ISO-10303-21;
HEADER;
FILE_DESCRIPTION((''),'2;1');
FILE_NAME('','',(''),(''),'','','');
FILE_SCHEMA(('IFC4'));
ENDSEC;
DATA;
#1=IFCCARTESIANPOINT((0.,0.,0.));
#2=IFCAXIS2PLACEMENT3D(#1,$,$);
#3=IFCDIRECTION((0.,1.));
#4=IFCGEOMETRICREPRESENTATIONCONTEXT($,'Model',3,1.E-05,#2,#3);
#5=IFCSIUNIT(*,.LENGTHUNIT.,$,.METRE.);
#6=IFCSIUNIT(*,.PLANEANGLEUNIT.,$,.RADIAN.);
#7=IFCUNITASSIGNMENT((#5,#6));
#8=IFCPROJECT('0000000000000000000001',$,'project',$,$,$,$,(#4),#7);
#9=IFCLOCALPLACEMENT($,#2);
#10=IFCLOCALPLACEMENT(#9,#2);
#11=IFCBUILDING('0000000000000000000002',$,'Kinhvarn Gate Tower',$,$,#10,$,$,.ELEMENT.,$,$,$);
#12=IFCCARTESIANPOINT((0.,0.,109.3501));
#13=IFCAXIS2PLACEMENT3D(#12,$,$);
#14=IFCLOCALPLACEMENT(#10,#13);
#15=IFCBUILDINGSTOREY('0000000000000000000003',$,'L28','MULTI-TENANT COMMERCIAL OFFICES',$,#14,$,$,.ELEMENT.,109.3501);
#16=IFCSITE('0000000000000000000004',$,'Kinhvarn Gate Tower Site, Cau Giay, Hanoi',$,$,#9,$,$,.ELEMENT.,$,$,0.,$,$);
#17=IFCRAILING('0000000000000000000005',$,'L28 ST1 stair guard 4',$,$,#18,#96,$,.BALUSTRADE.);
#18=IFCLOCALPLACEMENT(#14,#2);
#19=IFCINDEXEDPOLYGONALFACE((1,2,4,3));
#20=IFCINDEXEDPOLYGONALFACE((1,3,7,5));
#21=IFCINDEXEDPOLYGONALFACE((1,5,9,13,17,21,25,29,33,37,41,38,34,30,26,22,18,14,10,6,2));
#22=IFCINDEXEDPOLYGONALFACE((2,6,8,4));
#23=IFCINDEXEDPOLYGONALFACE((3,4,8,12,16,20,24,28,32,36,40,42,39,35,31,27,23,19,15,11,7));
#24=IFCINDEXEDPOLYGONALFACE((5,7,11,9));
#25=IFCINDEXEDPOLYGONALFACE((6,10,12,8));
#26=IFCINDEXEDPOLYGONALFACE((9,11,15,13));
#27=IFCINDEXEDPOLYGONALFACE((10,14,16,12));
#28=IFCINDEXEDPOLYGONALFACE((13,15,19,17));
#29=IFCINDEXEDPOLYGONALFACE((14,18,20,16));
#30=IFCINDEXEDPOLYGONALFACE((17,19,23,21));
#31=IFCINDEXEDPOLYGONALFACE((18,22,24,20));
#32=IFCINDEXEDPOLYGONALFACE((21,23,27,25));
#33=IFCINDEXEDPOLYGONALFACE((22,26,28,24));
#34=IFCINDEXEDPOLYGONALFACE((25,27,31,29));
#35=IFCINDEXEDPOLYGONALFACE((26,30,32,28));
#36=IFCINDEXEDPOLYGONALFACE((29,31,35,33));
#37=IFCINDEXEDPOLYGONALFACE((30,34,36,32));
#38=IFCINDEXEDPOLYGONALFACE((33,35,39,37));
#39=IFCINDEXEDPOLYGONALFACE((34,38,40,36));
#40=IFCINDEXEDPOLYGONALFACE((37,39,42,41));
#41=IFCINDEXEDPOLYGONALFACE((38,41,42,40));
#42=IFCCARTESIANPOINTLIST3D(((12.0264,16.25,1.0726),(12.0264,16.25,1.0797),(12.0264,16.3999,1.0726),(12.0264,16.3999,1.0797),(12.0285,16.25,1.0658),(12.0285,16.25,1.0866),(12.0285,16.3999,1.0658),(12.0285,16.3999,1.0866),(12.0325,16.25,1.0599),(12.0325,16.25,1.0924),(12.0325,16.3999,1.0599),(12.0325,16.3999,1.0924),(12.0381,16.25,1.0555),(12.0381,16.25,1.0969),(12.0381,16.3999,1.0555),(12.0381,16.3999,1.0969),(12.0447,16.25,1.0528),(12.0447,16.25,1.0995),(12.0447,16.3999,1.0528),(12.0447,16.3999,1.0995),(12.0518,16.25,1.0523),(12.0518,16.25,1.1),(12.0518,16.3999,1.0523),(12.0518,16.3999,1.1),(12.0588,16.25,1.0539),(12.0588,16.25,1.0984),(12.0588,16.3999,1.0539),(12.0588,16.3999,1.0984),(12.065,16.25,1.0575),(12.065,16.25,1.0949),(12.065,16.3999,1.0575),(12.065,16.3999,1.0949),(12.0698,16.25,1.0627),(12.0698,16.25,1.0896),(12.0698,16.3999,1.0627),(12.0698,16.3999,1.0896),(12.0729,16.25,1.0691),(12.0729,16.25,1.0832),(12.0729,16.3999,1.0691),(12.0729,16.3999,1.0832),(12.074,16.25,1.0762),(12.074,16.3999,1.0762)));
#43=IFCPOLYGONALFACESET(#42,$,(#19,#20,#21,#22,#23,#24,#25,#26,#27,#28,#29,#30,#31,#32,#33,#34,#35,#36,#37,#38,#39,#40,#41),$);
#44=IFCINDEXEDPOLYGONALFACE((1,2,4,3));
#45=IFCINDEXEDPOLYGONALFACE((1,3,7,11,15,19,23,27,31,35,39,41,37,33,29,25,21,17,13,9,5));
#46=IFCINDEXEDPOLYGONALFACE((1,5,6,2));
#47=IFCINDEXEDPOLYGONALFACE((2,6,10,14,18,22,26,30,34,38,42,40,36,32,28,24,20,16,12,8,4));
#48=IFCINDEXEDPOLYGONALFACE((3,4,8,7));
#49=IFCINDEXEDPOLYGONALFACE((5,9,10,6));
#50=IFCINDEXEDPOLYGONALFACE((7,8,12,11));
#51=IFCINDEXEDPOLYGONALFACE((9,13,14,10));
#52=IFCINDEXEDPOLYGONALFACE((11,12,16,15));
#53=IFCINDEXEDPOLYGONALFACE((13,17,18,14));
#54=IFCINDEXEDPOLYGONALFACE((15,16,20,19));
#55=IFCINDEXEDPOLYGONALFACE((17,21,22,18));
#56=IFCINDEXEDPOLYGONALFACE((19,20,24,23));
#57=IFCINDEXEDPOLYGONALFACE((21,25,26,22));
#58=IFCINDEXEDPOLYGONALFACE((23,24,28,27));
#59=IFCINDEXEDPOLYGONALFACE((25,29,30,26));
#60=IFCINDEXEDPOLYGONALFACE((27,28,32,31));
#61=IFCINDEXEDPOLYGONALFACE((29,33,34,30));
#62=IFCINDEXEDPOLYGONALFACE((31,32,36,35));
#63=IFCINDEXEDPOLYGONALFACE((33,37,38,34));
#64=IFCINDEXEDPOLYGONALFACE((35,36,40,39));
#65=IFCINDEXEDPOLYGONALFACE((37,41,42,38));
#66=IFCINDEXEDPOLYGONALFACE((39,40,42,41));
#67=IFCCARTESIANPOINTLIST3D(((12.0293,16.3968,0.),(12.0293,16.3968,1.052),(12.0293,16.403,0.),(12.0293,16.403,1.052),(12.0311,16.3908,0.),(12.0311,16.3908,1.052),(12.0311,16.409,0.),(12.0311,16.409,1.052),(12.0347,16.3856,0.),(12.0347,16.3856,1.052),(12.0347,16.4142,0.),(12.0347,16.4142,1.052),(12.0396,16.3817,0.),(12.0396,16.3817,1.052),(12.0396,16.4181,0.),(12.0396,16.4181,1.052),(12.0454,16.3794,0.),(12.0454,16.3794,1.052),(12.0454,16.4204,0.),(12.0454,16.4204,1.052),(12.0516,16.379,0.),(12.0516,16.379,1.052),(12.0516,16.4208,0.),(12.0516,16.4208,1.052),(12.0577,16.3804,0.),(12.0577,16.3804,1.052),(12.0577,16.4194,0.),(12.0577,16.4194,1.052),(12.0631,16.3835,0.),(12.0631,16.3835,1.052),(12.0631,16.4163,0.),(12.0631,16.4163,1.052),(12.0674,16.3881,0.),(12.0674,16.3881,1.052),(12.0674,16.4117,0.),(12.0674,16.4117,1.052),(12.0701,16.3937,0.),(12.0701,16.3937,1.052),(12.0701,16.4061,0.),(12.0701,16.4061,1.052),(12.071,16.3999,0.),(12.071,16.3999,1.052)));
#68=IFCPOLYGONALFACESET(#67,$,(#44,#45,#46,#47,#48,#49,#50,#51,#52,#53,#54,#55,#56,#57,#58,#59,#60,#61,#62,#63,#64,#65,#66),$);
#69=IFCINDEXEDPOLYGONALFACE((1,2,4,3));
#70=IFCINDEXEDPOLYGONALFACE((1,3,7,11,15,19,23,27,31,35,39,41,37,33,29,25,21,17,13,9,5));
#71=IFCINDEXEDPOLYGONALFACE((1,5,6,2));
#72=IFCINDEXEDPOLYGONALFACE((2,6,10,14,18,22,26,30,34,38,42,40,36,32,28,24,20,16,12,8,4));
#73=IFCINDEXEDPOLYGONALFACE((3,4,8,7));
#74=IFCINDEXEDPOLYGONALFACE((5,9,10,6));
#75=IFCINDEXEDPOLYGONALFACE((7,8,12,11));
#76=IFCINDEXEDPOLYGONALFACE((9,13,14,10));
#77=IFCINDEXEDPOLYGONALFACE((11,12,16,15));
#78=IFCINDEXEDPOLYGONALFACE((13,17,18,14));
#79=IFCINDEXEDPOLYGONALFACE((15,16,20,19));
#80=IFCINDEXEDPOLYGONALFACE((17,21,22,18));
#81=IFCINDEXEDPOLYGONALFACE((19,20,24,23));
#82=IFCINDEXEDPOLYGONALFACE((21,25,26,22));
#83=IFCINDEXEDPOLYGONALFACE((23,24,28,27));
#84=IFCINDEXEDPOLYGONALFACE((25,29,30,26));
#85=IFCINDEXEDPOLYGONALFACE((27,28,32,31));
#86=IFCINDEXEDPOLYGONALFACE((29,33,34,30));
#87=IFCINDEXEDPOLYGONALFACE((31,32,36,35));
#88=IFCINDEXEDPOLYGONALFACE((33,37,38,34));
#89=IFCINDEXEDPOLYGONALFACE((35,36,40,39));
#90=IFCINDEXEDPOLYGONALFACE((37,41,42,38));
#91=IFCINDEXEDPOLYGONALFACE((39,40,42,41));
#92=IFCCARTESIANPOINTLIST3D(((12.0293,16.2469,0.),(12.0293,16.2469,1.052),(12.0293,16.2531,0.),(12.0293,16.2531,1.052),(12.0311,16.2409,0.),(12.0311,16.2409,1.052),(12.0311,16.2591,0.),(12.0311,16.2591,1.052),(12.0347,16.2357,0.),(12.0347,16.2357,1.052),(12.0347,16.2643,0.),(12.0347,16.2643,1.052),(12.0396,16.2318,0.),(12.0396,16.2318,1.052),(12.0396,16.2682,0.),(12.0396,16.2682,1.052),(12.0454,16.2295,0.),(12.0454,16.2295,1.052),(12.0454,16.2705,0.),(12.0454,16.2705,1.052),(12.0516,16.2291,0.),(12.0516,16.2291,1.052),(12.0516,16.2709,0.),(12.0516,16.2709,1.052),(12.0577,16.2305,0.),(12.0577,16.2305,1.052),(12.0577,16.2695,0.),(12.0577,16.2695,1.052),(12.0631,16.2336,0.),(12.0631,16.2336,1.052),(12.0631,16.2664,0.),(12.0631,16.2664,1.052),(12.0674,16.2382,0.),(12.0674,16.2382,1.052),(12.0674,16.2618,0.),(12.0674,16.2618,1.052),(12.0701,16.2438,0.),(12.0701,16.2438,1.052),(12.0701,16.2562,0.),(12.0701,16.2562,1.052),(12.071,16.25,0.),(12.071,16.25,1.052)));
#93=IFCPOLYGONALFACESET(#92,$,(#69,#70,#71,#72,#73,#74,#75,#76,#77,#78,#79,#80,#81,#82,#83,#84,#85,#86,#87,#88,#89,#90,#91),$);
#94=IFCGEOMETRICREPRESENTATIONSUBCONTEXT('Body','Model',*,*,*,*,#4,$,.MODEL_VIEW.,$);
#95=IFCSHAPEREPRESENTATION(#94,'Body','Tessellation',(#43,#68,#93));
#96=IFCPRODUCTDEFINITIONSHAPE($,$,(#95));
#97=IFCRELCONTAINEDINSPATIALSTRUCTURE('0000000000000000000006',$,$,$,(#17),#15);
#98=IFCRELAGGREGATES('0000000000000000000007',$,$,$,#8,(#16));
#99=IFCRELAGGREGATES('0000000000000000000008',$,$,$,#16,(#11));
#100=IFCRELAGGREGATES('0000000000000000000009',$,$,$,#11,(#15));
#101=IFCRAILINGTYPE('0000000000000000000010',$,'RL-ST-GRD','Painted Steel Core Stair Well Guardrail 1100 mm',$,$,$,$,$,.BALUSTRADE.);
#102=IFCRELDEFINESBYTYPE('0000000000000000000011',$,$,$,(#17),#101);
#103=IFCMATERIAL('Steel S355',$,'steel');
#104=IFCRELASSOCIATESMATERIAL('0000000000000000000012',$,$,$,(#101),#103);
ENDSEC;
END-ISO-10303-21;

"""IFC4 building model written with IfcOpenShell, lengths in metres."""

from ifc_helpers import new_model, si_unit, direction, frame, origin, origin_2d, place, context, subcontext, project, spatial, circle, extrude, material, type_object, element, save


model = new_model("IFC4")

# Units and contexts
model_context = context("Model", 3, precision=1e-05, world=origin(), true_north=direction((0.0, 1.0)))
body_context = subcontext(model_context, "Body", "Model", "MODEL_VIEW")
ifc_project = project(units=[si_unit("LENGTHUNIT", "METRE"), si_unit("PLANEANGLEUNIT", "RADIAN")], contexts=[model_context])

# Site, building, storey
site_placement = place(None, origin())
site = spatial("IfcSite", under=ifc_project, at=site_placement, Name="Kinhvarn Gate Tower Site, Cau Giay, Hanoi", CompositionType="ELEMENT", RefElevation=0.0)
building_placement = place(site_placement, origin())
building = spatial("IfcBuilding", under=site, at=building_placement, Name="Kinhvarn Gate Tower", CompositionType="ELEMENT")
storey_placement = place(building_placement, frame((0.0, 0.0, 109.3501)))
storey = spatial("IfcBuildingStorey", under=building, at=storey_placement, Name="L28", Description="MULTI-TENANT COMMERCIAL OFFICES", CompositionType="ELEMENT", Elevation=109.3501)

# Shared definitions
ifc_material_1 = material(Name="Steel S355", Category="steel")

# Railing
railing_type_1 = type_object("IfcRailingType", Name="RL-ST-GRD", Description="Painted Steel Core Stair Well Guardrail 1100 mm", PredefinedType="BALUSTRADE", material=ifc_material_1)
railing_1_placement = place(storey_placement, frame((12.05, 16.3999, 0.0)))
element("IfcRailing", 1, at=railing_1_placement, inside=storey, type_object=railing_type_1, Name="L28 ST1 stair guard 4", PredefinedType="BALUSTRADE", context=body_context, shape_type="SweptSolid", body=[
    extrude(circle(Radius=0.0239, at=origin_2d()), frame((0.0, 0.0, 1.0762), z_axis=(0.0, -1.0, 0.0), x_axis=(1.0, 0.0, 0.0)), (0.0, 0.0, 1.0), 0.1499),
    extrude(circle(Radius=0.021, at=origin_2d()), origin(), (0.0, 0.0, 1.0), 1.052),
    extrude(circle(Radius=0.021, at=origin_2d()), frame((0.0, -0.1499, 0.0)), (0.0, 0.0, 1.0), 1.052),
])

save(model, "model.ifc")
